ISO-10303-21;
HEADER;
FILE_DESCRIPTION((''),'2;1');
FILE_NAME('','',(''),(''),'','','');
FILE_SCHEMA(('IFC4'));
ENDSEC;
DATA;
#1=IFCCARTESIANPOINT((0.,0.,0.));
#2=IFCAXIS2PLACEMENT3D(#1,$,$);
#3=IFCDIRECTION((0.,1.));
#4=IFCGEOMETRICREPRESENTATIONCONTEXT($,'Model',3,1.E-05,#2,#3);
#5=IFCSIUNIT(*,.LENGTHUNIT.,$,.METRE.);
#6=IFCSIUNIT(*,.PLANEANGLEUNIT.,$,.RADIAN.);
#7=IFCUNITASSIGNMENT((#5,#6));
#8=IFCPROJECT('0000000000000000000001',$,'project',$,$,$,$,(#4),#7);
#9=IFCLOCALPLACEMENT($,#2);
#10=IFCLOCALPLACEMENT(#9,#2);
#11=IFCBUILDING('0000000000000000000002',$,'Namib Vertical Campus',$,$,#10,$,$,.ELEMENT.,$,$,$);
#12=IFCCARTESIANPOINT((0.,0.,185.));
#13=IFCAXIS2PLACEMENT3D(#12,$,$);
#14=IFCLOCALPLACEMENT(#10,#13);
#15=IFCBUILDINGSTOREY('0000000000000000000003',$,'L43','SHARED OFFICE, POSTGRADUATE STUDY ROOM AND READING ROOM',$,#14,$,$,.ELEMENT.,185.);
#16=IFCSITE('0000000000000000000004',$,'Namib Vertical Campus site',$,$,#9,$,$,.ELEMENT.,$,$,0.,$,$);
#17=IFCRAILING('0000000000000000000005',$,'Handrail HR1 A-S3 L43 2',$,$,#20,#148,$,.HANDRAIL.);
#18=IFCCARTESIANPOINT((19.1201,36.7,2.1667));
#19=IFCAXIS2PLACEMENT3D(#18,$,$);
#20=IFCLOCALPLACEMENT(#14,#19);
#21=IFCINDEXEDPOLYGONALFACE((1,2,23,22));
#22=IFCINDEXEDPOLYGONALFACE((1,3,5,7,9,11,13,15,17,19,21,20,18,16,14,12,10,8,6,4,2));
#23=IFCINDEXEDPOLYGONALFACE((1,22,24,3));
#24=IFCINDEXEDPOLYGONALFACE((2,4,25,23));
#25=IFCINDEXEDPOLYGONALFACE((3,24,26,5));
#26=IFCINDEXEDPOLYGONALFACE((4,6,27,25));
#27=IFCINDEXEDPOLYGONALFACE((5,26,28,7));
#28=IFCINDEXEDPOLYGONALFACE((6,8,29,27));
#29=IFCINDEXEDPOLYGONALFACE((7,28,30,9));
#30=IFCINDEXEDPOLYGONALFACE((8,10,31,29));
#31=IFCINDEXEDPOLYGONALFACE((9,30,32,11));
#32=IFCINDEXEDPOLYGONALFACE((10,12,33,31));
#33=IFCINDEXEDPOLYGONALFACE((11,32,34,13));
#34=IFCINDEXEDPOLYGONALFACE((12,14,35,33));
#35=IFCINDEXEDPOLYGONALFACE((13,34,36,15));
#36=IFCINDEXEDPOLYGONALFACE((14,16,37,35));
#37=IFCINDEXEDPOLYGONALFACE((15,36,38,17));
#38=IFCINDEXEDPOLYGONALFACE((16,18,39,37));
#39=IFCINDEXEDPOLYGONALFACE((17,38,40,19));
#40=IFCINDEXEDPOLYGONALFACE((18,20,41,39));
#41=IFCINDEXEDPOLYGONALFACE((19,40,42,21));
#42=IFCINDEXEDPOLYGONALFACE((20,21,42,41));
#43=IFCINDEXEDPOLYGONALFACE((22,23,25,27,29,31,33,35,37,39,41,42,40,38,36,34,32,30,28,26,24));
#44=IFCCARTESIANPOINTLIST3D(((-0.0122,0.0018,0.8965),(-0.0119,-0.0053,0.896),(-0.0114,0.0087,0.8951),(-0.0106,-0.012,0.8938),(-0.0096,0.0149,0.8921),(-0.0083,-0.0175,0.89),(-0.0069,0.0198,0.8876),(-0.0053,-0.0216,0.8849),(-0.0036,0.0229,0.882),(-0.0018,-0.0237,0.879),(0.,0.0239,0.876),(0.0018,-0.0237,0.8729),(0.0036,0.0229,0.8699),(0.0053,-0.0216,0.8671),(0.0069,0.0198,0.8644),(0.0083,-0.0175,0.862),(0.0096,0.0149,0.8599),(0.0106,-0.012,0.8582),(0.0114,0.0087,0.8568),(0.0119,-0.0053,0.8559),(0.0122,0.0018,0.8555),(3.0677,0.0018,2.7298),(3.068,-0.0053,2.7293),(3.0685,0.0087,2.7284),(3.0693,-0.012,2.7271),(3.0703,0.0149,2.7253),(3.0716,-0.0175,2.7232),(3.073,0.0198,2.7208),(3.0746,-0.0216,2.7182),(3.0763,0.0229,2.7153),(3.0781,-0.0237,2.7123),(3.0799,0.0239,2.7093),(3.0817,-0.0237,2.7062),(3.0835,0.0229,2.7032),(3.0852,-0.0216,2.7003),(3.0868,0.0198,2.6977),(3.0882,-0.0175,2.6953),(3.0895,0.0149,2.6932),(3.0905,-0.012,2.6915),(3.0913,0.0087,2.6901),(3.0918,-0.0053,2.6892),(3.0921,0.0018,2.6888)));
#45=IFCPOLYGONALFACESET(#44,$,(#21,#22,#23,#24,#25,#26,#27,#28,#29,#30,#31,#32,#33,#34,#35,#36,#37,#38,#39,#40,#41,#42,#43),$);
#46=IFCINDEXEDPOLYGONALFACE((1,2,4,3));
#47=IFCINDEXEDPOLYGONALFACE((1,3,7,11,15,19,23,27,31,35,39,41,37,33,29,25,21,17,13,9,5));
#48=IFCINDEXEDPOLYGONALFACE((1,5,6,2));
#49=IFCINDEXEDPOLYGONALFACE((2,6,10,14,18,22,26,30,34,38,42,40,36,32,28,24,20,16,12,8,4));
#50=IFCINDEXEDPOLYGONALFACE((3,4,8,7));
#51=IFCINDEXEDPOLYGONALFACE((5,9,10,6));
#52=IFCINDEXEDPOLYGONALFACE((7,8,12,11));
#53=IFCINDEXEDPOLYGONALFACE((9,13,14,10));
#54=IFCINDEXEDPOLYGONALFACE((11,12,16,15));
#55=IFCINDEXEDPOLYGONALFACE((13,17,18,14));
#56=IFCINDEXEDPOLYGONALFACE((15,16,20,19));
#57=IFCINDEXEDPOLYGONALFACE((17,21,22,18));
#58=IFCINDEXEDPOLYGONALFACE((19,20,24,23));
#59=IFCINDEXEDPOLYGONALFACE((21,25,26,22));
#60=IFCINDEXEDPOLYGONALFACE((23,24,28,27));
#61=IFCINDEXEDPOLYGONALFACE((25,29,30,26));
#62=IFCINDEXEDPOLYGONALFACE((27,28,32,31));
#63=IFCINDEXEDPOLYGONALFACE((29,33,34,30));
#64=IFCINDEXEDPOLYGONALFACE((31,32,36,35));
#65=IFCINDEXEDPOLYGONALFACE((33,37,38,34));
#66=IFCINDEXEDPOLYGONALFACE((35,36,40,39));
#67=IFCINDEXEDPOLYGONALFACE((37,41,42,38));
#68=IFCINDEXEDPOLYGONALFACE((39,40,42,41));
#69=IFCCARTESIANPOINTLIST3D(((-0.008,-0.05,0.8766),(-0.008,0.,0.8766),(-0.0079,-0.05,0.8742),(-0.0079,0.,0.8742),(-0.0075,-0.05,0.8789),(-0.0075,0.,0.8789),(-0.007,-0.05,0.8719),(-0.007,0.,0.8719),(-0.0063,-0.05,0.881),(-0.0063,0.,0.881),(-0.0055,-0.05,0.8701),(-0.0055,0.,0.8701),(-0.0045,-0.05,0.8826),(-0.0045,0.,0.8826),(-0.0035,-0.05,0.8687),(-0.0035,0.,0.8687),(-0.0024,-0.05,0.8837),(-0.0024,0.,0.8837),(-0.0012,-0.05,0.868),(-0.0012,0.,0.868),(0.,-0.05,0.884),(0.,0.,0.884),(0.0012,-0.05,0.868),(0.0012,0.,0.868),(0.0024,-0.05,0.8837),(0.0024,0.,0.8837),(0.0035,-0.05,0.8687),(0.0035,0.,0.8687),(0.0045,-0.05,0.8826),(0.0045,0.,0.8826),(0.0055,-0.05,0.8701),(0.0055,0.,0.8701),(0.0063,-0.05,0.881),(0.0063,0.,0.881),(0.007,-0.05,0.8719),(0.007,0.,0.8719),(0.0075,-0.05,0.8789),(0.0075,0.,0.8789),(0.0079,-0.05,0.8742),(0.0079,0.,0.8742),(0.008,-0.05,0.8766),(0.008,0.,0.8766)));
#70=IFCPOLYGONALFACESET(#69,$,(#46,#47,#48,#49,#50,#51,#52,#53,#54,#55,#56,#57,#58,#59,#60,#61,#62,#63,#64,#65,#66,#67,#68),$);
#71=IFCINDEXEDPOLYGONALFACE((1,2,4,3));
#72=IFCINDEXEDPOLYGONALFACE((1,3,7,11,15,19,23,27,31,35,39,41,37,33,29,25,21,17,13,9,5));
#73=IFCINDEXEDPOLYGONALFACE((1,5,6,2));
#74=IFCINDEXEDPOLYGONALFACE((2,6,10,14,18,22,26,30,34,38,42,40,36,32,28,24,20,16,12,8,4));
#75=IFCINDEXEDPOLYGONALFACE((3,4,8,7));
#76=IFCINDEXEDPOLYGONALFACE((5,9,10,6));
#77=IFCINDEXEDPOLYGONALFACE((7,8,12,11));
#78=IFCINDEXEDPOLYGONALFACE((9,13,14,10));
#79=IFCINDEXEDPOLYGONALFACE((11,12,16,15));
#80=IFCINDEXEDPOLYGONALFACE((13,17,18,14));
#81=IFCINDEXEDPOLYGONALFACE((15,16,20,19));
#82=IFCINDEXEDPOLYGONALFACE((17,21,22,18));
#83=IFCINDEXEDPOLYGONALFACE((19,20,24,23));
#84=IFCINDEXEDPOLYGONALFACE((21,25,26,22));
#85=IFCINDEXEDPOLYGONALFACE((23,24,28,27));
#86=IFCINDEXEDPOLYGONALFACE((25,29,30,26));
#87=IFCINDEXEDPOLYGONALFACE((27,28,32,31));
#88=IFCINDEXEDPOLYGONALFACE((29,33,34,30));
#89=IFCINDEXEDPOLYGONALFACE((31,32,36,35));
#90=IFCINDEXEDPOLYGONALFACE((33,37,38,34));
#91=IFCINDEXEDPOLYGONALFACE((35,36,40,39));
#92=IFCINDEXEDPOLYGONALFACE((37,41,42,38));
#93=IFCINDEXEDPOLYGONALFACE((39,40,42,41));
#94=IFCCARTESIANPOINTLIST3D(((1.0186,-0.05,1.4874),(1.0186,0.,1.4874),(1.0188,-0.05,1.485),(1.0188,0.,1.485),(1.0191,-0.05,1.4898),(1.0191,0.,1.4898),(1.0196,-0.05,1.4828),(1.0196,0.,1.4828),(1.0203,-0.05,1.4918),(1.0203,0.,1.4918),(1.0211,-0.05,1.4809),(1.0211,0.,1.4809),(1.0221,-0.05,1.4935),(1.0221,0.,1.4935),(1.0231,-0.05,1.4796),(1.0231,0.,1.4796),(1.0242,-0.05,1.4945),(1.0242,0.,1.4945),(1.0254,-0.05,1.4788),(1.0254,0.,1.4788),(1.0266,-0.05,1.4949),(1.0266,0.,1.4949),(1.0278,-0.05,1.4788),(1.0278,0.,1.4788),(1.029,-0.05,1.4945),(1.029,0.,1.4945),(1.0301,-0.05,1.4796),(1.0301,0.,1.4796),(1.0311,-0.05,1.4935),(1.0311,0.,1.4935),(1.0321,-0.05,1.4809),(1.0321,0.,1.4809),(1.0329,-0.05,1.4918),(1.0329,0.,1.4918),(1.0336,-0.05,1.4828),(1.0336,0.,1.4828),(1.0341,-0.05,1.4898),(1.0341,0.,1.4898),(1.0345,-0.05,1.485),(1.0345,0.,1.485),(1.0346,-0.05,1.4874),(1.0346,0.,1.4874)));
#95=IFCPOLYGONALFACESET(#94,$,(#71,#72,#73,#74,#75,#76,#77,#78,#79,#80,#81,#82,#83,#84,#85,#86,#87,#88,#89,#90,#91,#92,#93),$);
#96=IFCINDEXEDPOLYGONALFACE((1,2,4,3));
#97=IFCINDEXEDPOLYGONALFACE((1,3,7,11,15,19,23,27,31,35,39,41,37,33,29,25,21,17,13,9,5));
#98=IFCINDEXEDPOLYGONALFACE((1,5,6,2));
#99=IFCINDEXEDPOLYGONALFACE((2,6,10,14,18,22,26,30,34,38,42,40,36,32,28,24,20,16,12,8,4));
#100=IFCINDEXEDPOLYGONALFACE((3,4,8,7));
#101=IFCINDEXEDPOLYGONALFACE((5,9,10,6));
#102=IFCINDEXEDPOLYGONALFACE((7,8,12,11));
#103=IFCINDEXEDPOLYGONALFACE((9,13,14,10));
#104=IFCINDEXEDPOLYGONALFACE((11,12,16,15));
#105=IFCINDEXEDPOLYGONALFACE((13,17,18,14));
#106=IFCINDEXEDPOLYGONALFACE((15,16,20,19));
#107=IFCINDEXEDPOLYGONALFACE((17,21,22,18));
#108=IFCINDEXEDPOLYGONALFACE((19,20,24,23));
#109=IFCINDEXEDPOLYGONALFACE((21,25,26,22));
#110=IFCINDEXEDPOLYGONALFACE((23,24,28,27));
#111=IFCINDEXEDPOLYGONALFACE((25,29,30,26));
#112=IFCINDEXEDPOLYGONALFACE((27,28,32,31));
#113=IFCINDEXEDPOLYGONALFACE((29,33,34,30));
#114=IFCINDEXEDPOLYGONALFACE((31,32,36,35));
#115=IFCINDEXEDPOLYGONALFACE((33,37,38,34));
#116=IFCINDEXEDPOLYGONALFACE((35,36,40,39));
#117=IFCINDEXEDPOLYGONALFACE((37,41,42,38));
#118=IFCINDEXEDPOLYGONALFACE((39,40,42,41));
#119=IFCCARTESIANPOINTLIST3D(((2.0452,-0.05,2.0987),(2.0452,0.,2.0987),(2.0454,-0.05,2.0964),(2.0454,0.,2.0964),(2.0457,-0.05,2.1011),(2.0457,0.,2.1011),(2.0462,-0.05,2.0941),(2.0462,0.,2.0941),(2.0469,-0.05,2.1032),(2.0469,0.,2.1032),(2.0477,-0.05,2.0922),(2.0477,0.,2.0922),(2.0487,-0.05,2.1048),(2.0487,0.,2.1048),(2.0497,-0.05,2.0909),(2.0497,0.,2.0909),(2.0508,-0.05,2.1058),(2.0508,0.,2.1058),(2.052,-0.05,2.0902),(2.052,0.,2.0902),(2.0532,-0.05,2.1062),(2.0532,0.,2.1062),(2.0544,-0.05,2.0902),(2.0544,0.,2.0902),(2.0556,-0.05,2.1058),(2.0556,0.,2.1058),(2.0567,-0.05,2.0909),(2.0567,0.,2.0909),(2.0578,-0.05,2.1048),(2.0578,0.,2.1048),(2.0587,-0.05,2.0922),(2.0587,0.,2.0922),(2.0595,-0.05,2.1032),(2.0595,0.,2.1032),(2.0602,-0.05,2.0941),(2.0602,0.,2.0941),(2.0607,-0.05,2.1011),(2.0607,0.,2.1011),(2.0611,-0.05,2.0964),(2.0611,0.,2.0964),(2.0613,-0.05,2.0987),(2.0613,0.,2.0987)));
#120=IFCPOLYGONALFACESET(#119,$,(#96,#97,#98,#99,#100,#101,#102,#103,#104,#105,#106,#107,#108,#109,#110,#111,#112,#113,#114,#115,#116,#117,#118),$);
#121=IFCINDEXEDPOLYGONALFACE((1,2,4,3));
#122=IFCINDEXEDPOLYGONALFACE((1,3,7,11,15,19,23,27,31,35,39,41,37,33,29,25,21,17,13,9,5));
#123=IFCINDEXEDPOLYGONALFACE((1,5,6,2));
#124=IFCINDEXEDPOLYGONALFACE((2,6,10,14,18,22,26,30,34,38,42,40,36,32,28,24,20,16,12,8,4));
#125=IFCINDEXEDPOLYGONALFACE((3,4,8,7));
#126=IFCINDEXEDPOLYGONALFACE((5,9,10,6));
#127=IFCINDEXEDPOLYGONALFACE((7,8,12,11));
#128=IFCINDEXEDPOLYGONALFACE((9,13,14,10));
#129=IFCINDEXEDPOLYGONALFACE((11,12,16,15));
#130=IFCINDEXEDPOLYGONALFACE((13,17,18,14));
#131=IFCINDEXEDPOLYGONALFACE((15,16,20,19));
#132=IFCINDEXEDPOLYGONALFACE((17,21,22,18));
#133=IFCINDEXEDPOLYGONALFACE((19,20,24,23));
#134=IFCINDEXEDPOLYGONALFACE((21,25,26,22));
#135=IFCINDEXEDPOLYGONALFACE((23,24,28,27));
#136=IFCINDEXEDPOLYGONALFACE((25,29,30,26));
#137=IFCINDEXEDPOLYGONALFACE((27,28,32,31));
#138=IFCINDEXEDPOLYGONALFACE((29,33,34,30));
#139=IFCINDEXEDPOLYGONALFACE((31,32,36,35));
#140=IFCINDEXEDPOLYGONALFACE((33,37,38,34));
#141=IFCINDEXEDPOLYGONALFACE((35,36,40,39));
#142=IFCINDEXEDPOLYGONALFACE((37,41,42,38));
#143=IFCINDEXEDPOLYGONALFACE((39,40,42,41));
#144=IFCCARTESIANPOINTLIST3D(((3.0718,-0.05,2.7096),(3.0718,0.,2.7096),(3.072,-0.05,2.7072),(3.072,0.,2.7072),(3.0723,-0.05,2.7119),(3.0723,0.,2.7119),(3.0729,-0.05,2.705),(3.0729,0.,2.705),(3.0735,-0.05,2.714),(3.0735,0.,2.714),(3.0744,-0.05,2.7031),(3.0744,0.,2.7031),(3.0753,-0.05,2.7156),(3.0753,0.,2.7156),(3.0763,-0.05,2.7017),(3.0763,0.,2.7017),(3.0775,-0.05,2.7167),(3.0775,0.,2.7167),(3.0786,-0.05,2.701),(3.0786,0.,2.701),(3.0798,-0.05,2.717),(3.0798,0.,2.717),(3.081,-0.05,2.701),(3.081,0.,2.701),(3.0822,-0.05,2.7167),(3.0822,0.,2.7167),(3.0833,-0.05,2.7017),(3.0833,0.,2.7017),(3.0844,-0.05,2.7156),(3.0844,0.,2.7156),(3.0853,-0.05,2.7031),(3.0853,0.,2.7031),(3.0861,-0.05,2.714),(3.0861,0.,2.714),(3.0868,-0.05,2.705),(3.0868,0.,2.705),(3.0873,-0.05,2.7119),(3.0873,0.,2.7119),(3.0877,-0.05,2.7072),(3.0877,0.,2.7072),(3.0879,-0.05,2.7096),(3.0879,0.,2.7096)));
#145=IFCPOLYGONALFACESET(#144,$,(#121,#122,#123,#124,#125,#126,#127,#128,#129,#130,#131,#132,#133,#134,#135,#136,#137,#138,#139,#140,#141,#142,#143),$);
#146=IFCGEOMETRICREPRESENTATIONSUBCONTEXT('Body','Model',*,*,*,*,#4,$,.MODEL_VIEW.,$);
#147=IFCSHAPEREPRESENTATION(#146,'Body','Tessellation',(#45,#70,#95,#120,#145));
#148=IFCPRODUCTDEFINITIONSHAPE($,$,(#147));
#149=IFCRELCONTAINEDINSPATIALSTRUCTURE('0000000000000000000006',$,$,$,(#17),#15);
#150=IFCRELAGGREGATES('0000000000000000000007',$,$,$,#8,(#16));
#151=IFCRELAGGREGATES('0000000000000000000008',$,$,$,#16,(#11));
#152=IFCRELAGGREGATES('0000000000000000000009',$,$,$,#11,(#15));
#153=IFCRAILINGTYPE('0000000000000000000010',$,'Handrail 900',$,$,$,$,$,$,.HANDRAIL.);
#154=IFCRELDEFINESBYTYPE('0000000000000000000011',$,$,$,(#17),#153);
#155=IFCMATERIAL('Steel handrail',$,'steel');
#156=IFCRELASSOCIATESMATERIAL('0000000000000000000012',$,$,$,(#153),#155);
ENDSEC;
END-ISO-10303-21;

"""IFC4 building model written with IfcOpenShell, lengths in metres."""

from ifc_helpers import new_model, si_unit, direction, frame, origin, origin_2d, place, context, subcontext, project, spatial, circle, extrude, material, type_object, element, save


model = new_model("IFC4")

# Units and contexts
model_context = context("Model", 3, precision=1e-05, world=origin(), true_north=direction((0.0, 1.0)))
body_context = subcontext(model_context, "Body", "Model", "MODEL_VIEW")
ifc_project = project(units=[si_unit("LENGTHUNIT", "METRE"), si_unit("PLANEANGLEUNIT", "RADIAN")], contexts=[model_context])

# Site, building, storey
site_placement = place(None, origin())
site = spatial("IfcSite", under=ifc_project, at=site_placement, Name="Namib Vertical Campus site", CompositionType="ELEMENT", RefElevation=0.0)
building_placement = place(site_placement, origin())
building = spatial("IfcBuilding", under=site, at=building_placement, Name="Namib Vertical Campus", CompositionType="ELEMENT")
storey_placement = place(building_placement, frame((0.0, 0.0, 185.0)))
storey = spatial("IfcBuildingStorey", under=building, at=storey_placement, Name="L43", Description="SHARED OFFICE, POSTGRADUATE STUDY ROOM AND READING ROOM", CompositionType="ELEMENT", Elevation=185.0)

# Railing
ifc_material_1 = material(Name="Steel handrail", Category="steel")
railing_type_1 = type_object("IfcRailingType", Name="Handrail 900", PredefinedType="HANDRAIL", material=ifc_material_1)
railing_1_placement = place(storey_placement, frame((19.1201, 36.7, 2.1667)))
element("IfcRailing", 1, at=railing_1_placement, inside=storey, type_object=railing_type_1, Name="Handrail HR1 A-S3 L43 2", PredefinedType="HANDRAIL", context=body_context, shape_type="SweptSolid", body=[
    extrude(circle(Radius=0.0239, at=origin_2d()), frame((0.0, 0.0, 0.876), z_axis=(0.859291, 0.0, 0.511487), x_axis=(0.0, 1.0, 0.0)), (0.0, 0.0, 1.0), 3.5842),
    extrude(circle(Radius=0.0081, at=origin_2d()), frame((0.0, 0.0, 0.876), z_axis=(0.0, -1.0, 0.0), x_axis=(0.0, 0.0, 1.0)), (0.0, 0.0, 1.0), 0.05),
    extrude(circle(Radius=0.0081, at=origin_2d()), frame((1.0266, 0.0, 1.4868), z_axis=(0.0, -1.0, 0.0), x_axis=(0.0, 0.0, 1.0)), (0.0, 0.0, 1.0), 0.05),
    extrude(circle(Radius=0.0081, at=origin_2d()), frame((2.0532, 0.0, 2.0981), z_axis=(0.0, -1.0, 0.0), x_axis=(0.0, 0.0, 1.0)), (0.0, 0.0, 1.0), 0.05),
    extrude(circle(Radius=0.0081, at=origin_2d()), frame((3.0798, 0.0, 2.709), z_axis=(0.0, -1.0, 0.0), x_axis=(0.0, 0.0, 1.0)), (0.0, 0.0, 1.0), 0.05),
])

save(model, "model.ifc")
